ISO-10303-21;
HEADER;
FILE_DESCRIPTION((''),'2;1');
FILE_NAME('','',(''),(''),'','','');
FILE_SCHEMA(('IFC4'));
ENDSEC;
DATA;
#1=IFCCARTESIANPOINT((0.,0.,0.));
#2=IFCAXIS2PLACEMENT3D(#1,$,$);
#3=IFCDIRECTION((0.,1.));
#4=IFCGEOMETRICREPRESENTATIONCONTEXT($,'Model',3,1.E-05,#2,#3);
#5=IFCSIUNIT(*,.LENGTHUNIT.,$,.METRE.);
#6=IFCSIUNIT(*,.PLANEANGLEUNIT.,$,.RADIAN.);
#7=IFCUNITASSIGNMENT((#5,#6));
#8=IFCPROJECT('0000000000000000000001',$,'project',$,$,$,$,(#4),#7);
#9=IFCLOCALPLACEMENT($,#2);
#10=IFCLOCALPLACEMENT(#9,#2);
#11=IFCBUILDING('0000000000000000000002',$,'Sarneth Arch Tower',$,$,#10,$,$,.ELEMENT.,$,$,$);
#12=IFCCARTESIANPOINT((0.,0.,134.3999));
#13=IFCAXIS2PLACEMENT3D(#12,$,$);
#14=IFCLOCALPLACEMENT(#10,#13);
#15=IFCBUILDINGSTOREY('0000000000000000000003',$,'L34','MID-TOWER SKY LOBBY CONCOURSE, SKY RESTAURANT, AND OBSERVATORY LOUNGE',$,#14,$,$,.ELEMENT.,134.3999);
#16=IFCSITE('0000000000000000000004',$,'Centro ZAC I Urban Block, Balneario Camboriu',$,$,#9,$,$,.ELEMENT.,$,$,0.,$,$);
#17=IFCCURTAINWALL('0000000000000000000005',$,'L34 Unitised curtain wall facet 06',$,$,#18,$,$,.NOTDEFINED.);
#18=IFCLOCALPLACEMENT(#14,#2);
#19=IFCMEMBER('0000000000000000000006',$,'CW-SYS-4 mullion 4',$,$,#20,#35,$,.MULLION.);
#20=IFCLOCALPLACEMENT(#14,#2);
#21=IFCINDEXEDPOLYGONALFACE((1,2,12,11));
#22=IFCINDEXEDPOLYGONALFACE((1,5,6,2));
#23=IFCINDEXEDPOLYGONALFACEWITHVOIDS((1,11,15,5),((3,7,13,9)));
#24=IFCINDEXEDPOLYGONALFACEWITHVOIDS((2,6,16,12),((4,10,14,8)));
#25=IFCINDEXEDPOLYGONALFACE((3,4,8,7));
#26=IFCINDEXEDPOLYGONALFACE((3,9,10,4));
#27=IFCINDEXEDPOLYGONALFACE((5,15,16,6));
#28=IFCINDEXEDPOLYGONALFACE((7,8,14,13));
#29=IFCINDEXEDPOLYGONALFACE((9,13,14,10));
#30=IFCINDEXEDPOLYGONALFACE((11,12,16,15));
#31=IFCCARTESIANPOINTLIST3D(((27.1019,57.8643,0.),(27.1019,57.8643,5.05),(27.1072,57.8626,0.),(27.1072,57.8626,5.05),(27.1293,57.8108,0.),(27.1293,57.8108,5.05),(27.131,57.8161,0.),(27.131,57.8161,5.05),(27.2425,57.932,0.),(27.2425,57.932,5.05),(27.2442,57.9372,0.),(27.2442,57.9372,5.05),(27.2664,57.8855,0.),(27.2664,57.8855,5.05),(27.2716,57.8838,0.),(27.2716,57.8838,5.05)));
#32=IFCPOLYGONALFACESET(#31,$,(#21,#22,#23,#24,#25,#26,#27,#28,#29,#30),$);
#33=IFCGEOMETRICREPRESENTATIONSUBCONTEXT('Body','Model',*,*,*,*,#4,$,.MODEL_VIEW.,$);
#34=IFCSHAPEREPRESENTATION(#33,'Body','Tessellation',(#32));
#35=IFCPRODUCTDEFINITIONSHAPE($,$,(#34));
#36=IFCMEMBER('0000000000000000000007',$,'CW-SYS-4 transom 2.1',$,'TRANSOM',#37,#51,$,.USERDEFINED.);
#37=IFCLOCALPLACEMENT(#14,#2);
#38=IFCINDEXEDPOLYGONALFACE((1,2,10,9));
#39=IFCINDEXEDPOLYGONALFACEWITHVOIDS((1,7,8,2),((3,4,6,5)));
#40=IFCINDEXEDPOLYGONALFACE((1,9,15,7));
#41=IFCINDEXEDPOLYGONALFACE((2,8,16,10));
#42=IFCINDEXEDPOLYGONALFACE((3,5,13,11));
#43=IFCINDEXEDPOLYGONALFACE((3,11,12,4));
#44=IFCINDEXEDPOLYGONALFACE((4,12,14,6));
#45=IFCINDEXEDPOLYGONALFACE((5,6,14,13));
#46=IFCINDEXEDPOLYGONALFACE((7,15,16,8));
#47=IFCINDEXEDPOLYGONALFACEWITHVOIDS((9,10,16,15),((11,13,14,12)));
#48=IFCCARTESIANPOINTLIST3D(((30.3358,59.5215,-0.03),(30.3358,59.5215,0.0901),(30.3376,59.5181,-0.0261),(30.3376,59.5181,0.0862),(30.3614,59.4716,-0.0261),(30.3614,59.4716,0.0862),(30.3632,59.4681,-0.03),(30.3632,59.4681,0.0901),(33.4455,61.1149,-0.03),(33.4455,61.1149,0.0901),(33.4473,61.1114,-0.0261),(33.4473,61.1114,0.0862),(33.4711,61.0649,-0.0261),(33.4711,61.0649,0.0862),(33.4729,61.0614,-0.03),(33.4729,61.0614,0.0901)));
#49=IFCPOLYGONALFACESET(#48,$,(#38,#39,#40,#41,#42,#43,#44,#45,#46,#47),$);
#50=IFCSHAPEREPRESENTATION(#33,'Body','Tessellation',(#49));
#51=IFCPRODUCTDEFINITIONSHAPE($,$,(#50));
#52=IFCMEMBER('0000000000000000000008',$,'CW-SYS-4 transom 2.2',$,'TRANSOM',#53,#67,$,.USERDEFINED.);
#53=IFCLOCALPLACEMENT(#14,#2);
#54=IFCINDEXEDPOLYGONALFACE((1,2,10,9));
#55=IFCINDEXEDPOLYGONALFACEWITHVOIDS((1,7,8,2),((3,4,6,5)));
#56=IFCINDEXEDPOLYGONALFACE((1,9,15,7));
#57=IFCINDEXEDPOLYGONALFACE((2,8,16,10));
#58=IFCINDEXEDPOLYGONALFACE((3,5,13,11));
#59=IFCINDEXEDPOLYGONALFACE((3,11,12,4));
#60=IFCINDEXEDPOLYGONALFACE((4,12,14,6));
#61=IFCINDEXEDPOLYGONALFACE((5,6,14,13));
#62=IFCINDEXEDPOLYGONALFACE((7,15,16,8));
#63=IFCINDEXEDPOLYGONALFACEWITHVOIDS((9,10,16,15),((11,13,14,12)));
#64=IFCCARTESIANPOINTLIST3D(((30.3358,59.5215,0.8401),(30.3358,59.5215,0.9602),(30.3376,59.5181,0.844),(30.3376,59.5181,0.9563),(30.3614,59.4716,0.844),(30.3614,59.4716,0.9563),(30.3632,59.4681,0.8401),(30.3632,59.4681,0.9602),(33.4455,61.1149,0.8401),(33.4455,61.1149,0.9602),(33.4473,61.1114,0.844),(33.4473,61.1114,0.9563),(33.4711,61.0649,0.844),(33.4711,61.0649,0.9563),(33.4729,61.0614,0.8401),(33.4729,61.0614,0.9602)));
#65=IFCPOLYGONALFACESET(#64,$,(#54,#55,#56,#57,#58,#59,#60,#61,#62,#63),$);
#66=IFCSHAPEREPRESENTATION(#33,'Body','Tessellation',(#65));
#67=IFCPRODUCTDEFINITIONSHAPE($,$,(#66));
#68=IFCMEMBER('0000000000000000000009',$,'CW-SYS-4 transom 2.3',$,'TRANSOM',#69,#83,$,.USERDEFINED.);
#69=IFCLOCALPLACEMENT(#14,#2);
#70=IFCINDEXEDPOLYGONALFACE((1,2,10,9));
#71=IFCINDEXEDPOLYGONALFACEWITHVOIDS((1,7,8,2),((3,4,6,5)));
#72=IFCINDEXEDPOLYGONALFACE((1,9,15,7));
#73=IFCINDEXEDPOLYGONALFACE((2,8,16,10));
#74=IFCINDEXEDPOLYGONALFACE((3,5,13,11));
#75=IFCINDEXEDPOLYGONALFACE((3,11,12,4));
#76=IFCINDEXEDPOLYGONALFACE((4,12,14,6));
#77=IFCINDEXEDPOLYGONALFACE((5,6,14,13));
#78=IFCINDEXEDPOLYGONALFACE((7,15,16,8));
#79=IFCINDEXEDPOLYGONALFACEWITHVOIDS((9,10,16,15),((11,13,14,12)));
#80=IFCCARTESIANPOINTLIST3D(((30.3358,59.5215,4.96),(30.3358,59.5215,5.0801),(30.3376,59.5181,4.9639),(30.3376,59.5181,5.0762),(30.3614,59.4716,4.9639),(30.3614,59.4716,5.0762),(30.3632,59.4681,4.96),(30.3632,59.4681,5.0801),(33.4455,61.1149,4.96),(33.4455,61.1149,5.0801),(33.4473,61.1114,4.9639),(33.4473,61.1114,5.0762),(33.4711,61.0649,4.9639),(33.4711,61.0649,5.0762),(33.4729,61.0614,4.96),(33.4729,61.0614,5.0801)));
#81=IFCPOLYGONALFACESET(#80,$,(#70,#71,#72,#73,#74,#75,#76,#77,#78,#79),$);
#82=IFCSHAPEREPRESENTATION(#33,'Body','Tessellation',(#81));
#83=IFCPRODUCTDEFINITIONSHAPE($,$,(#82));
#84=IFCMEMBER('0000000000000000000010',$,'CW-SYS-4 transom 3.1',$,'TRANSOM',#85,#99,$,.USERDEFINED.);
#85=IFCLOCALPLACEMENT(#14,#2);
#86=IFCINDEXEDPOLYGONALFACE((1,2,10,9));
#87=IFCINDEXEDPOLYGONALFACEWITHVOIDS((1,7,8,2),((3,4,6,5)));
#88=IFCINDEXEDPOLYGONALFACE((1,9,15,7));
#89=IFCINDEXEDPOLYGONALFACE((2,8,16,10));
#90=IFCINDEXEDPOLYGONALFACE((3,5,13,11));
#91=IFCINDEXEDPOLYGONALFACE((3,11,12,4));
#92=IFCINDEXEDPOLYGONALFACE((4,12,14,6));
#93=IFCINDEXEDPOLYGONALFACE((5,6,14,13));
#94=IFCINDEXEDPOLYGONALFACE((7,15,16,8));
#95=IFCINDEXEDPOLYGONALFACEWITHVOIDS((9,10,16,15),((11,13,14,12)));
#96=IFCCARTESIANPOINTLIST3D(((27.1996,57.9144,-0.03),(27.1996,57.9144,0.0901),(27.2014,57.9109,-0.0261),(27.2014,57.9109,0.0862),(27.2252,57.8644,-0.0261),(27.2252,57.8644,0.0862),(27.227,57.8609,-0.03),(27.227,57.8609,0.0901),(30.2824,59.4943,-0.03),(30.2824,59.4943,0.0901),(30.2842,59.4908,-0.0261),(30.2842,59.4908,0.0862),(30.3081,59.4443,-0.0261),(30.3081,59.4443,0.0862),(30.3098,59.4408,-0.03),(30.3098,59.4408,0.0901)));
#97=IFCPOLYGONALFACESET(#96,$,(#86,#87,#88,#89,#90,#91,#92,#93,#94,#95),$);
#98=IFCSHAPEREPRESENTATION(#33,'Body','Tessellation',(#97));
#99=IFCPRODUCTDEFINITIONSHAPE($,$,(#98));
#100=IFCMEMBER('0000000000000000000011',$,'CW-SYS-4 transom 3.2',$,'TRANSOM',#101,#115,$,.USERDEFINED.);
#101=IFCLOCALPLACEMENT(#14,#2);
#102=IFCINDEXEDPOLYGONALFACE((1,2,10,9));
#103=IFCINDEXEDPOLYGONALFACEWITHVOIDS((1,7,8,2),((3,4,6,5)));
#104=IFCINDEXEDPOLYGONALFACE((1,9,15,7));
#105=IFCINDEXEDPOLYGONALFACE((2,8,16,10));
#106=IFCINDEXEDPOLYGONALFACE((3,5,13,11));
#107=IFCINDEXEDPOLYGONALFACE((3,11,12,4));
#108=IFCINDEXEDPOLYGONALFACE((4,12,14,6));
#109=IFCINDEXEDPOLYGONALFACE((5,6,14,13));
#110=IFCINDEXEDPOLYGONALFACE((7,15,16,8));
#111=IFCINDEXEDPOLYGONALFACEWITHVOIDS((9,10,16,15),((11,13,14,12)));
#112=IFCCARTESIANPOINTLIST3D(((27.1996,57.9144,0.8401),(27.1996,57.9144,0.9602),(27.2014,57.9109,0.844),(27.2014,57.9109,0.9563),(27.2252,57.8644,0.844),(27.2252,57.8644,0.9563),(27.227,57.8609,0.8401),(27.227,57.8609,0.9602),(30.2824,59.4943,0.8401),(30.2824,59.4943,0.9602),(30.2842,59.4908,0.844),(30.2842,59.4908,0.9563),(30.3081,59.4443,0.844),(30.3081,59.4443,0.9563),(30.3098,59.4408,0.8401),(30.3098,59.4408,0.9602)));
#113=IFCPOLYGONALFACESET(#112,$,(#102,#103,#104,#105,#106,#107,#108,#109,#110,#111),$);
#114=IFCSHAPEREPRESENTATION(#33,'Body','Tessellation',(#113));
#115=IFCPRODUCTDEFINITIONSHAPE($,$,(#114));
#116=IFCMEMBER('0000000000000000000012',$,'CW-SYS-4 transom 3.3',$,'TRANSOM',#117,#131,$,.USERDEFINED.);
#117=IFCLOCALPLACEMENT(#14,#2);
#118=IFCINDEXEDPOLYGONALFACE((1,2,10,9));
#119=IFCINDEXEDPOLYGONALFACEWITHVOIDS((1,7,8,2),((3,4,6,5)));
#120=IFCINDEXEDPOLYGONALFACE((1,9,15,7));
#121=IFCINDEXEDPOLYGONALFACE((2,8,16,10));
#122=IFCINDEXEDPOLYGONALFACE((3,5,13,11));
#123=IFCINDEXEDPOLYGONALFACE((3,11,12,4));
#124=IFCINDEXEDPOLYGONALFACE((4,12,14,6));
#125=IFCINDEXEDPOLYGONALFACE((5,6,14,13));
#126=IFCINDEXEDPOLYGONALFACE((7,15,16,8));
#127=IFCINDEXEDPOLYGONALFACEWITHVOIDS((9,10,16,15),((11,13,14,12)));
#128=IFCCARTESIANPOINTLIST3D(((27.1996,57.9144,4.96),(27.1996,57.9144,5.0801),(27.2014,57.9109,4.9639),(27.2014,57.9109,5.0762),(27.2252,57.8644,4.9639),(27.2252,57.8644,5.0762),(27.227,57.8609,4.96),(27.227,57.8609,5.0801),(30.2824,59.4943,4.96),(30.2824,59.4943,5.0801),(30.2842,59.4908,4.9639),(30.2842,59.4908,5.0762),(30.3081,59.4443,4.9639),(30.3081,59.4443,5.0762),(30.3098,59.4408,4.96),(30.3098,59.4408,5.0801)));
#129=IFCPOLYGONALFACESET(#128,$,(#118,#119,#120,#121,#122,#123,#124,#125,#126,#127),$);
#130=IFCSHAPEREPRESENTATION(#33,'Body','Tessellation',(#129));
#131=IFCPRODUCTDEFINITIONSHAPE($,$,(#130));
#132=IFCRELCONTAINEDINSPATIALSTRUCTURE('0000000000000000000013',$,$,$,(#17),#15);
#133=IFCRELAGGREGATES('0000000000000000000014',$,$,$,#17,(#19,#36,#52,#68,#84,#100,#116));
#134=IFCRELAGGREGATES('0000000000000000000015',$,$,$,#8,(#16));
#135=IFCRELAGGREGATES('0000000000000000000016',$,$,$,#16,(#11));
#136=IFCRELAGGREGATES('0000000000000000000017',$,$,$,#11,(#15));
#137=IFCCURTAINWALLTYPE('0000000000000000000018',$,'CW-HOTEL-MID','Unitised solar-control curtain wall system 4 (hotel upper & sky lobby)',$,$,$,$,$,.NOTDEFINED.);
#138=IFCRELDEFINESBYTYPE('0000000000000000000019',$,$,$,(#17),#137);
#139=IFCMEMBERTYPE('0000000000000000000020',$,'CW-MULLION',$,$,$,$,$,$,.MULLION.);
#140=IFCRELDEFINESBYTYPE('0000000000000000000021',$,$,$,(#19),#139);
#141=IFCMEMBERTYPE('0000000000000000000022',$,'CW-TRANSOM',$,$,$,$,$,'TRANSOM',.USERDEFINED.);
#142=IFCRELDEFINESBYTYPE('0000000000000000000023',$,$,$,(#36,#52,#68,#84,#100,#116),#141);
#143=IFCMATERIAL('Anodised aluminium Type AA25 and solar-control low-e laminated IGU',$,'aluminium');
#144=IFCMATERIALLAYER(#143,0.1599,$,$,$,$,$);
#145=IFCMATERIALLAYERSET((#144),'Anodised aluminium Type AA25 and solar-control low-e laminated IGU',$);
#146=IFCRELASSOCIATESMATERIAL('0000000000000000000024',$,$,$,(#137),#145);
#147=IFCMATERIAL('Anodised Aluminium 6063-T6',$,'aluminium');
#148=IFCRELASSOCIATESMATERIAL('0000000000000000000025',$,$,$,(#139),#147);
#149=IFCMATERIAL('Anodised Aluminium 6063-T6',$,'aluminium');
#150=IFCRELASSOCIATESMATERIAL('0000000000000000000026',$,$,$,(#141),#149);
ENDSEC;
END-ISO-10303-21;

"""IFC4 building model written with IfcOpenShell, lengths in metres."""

from ifc_helpers import new_model, si_unit, direction, frame, origin, origin_2d, place, context, subcontext, project, spatial, hollow_rectangle, extrude, material, layer, layer_set, material_profile, profile_set, type_object, element, aggregate, save


model = new_model("IFC4")

# Units and contexts
model_context = context("Model", 3, precision=1e-05, world=origin(), true_north=direction((0.0, 1.0)))
body_context = subcontext(model_context, "Body", "Model", "MODEL_VIEW")
ifc_project = project(units=[si_unit("LENGTHUNIT", "METRE"), si_unit("PLANEANGLEUNIT", "RADIAN")], contexts=[model_context])

# Site, building, storey
site_placement = place(None, origin())
site = spatial("IfcSite", under=ifc_project, at=site_placement, Name="Centro ZAC I Urban Block, Balneario Camboriu", CompositionType="ELEMENT", RefElevation=0.0)
building_placement = place(site_placement, origin())
building = spatial("IfcBuilding", under=site, at=building_placement, Name="Sarneth Arch Tower", CompositionType="ELEMENT")
storey_placement = place(building_placement, frame((0.0, 0.0, 134.3999)))
storey = spatial("IfcBuildingStorey", under=building, at=storey_placement, Name="L34", Description="MID-TOWER SKY LOBBY CONCOURSE, SKY RESTAURANT, AND OBSERVATORY LOUNGE", CompositionType="ELEMENT", Elevation=134.3999)

# Curtain wall, members
ifc_material_1 = material(Name="Anodised aluminium Type AA25 and solar-control low-e laminated IGU", Category="aluminium")
ifc_layer_1 = layer(ifc_material_1, 0.1599)
ifc_layer_set_1 = layer_set([ifc_layer_1], Name="Anodised aluminium Type AA25 and solar-control low-e laminated IGU")
curtain_wall_type = type_object("IfcCurtainWallType", Name="CW-HOTEL-MID", Description="Unitised solar-control curtain wall system 4 (hotel upper & sky lobby)", PredefinedType="NOTDEFINED", material=ifc_layer_set_1)
curtain_wall_placement = place(storey_placement, origin())
curtain_wall = element("IfcCurtainWall", 1, at=curtain_wall_placement, inside=storey, type_object=curtain_wall_type, Name="L34 Unitised curtain wall facet 06", PredefinedType="NOTDEFINED")
ifc_material_2 = material(Name="Anodised Aluminium 6063-T6", Category="aluminium")
ifc_material_profile_1 = material_profile(ifc_material_2, hollow_rectangle(XDim=0.0601, YDim=0.1599, WallThickness=0.0039, at=origin_2d()), Name="AL-MULL-160x60x4")
ifc_profile_set_1 = profile_set([ifc_material_profile_1], Name="Anodised Aluminium 6063-T6")
member_type_1 = type_object("IfcMemberType", Name="CW-MULLION", PredefinedType="MULLION", material=ifc_profile_set_1)
member_1_placement = place(storey_placement, frame((27.1868, 57.874, 0.0), z_axis=(0.0, 0.0, 1.0), x_axis=(0.456031, -0.889964, 0.0)))
member_1 = element("IfcMember", 2, at=member_1_placement, type_object=member_type_1, Name="CW-SYS-4 mullion 4", PredefinedType="MULLION", context=body_context, shape_type="SweptSolid", body=[
    extrude(hollow_rectangle(XDim=0.0601, YDim=0.1599, WallThickness=0.0039, at=origin_2d()), origin(), (0.0, 0.0, 1.0), 5.05),
])
ifc_material_3 = material(Name="Anodised Aluminium 6063-T6", Category="aluminium")
ifc_material_profile_2 = material_profile(ifc_material_3, hollow_rectangle(XDim=0.0601, YDim=0.1201, WallThickness=0.0039, at=origin_2d()), Name="AL-TRAN-120x60x4")
ifc_profile_set_2 = profile_set([ifc_material_profile_2], Name="Anodised Aluminium 6063-T6")
member_type_2 = type_object("IfcMemberType", Name="CW-TRANSOM", ElementType="TRANSOM", PredefinedType="USERDEFINED", material=ifc_profile_set_2)
member_2_placement = place(storey_placement, frame((33.4592, 61.0881, 0.03), z_axis=(-0.889982, -0.455996, 0.0), x_axis=(0.455996, -0.889982, 0.0)))
member_2 = element("IfcMember", 3, at=member_2_placement, type_object=member_type_2, Name="CW-SYS-4 transom 2.1", ObjectType="TRANSOM", PredefinedType="USERDEFINED", context=body_context, shape_type="SweptSolid", body=[
    extrude(hollow_rectangle(XDim=0.0601, YDim=0.1201, WallThickness=0.0039, at=origin_2d()), origin(), (0.0, 0.0, 1.0), 3.4941),
])
member_3_placement = place(storey_placement, frame((33.4592, 61.0881, 0.9001), z_axis=(-0.889982, -0.455996, 0.0), x_axis=(0.455996, -0.889982, 0.0)))
member_3 = element("IfcMember", 4, at=member_3_placement, type_object=member_type_2, Name="CW-SYS-4 transom 2.2", ObjectType="TRANSOM", PredefinedType="USERDEFINED", context=body_context, shape_type="SweptSolid", body=[
    extrude(hollow_rectangle(XDim=0.0601, YDim=0.1201, WallThickness=0.0039, at=origin_2d()), origin(), (0.0, 0.0, 1.0), 3.4941),
])
member_4_placement = place(storey_placement, frame((33.4592, 61.0881, 5.02), z_axis=(-0.889982, -0.455996, 0.0), x_axis=(0.455996, -0.889982, 0.0)))
member_4 = element("IfcMember", 5, at=member_4_placement, type_object=member_type_2, Name="CW-SYS-4 transom 2.3", ObjectType="TRANSOM", PredefinedType="USERDEFINED", context=body_context, shape_type="SweptSolid", body=[
    extrude(hollow_rectangle(XDim=0.0601, YDim=0.1201, WallThickness=0.0039, at=origin_2d()), origin(), (0.0, 0.0, 1.0), 3.4941),
])
member_5_placement = place(storey_placement, frame((30.2961, 59.4675, 0.03), z_axis=(-0.889943, -0.456072, 0.0), x_axis=(0.456072, -0.889943, 0.0)))
member_5 = element("IfcMember", 6, at=member_5_placement, type_object=member_type_2, Name="CW-SYS-4 transom 3.1", ObjectType="TRANSOM", PredefinedType="USERDEFINED", context=body_context, shape_type="SweptSolid", body=[
    extrude(hollow_rectangle(XDim=0.0601, YDim=0.1201, WallThickness=0.0039, at=origin_2d()), origin(), (0.0, 0.0, 1.0), 3.4641),
])
member_6_placement = place(storey_placement, frame((30.2961, 59.4675, 0.9001), z_axis=(-0.889943, -0.456072, 0.0), x_axis=(0.456072, -0.889943, 0.0)))
member_6 = element("IfcMember", 7, at=member_6_placement, type_object=member_type_2, Name="CW-SYS-4 transom 3.2", ObjectType="TRANSOM", PredefinedType="USERDEFINED", context=body_context, shape_type="SweptSolid", body=[
    extrude(hollow_rectangle(XDim=0.0601, YDim=0.1201, WallThickness=0.0039, at=origin_2d()), origin(), (0.0, 0.0, 1.0), 3.4641),
])
member_7_placement = place(storey_placement, frame((30.2961, 59.4675, 5.02), z_axis=(-0.889943, -0.456072, 0.0), x_axis=(0.456072, -0.889943, 0.0)))
member_7 = element("IfcMember", 8, at=member_7_placement, type_object=member_type_2, Name="CW-SYS-4 transom 3.3", ObjectType="TRANSOM", PredefinedType="USERDEFINED", context=body_context, shape_type="SweptSolid", body=[
    extrude(hollow_rectangle(XDim=0.0601, YDim=0.1201, WallThickness=0.0039, at=origin_2d()), origin(), (0.0, 0.0, 1.0), 3.4641),
])

aggregate(curtain_wall, [member_1, member_2, member_3, member_4, member_5, member_6, member_7])

save(model, "model.ifc")
